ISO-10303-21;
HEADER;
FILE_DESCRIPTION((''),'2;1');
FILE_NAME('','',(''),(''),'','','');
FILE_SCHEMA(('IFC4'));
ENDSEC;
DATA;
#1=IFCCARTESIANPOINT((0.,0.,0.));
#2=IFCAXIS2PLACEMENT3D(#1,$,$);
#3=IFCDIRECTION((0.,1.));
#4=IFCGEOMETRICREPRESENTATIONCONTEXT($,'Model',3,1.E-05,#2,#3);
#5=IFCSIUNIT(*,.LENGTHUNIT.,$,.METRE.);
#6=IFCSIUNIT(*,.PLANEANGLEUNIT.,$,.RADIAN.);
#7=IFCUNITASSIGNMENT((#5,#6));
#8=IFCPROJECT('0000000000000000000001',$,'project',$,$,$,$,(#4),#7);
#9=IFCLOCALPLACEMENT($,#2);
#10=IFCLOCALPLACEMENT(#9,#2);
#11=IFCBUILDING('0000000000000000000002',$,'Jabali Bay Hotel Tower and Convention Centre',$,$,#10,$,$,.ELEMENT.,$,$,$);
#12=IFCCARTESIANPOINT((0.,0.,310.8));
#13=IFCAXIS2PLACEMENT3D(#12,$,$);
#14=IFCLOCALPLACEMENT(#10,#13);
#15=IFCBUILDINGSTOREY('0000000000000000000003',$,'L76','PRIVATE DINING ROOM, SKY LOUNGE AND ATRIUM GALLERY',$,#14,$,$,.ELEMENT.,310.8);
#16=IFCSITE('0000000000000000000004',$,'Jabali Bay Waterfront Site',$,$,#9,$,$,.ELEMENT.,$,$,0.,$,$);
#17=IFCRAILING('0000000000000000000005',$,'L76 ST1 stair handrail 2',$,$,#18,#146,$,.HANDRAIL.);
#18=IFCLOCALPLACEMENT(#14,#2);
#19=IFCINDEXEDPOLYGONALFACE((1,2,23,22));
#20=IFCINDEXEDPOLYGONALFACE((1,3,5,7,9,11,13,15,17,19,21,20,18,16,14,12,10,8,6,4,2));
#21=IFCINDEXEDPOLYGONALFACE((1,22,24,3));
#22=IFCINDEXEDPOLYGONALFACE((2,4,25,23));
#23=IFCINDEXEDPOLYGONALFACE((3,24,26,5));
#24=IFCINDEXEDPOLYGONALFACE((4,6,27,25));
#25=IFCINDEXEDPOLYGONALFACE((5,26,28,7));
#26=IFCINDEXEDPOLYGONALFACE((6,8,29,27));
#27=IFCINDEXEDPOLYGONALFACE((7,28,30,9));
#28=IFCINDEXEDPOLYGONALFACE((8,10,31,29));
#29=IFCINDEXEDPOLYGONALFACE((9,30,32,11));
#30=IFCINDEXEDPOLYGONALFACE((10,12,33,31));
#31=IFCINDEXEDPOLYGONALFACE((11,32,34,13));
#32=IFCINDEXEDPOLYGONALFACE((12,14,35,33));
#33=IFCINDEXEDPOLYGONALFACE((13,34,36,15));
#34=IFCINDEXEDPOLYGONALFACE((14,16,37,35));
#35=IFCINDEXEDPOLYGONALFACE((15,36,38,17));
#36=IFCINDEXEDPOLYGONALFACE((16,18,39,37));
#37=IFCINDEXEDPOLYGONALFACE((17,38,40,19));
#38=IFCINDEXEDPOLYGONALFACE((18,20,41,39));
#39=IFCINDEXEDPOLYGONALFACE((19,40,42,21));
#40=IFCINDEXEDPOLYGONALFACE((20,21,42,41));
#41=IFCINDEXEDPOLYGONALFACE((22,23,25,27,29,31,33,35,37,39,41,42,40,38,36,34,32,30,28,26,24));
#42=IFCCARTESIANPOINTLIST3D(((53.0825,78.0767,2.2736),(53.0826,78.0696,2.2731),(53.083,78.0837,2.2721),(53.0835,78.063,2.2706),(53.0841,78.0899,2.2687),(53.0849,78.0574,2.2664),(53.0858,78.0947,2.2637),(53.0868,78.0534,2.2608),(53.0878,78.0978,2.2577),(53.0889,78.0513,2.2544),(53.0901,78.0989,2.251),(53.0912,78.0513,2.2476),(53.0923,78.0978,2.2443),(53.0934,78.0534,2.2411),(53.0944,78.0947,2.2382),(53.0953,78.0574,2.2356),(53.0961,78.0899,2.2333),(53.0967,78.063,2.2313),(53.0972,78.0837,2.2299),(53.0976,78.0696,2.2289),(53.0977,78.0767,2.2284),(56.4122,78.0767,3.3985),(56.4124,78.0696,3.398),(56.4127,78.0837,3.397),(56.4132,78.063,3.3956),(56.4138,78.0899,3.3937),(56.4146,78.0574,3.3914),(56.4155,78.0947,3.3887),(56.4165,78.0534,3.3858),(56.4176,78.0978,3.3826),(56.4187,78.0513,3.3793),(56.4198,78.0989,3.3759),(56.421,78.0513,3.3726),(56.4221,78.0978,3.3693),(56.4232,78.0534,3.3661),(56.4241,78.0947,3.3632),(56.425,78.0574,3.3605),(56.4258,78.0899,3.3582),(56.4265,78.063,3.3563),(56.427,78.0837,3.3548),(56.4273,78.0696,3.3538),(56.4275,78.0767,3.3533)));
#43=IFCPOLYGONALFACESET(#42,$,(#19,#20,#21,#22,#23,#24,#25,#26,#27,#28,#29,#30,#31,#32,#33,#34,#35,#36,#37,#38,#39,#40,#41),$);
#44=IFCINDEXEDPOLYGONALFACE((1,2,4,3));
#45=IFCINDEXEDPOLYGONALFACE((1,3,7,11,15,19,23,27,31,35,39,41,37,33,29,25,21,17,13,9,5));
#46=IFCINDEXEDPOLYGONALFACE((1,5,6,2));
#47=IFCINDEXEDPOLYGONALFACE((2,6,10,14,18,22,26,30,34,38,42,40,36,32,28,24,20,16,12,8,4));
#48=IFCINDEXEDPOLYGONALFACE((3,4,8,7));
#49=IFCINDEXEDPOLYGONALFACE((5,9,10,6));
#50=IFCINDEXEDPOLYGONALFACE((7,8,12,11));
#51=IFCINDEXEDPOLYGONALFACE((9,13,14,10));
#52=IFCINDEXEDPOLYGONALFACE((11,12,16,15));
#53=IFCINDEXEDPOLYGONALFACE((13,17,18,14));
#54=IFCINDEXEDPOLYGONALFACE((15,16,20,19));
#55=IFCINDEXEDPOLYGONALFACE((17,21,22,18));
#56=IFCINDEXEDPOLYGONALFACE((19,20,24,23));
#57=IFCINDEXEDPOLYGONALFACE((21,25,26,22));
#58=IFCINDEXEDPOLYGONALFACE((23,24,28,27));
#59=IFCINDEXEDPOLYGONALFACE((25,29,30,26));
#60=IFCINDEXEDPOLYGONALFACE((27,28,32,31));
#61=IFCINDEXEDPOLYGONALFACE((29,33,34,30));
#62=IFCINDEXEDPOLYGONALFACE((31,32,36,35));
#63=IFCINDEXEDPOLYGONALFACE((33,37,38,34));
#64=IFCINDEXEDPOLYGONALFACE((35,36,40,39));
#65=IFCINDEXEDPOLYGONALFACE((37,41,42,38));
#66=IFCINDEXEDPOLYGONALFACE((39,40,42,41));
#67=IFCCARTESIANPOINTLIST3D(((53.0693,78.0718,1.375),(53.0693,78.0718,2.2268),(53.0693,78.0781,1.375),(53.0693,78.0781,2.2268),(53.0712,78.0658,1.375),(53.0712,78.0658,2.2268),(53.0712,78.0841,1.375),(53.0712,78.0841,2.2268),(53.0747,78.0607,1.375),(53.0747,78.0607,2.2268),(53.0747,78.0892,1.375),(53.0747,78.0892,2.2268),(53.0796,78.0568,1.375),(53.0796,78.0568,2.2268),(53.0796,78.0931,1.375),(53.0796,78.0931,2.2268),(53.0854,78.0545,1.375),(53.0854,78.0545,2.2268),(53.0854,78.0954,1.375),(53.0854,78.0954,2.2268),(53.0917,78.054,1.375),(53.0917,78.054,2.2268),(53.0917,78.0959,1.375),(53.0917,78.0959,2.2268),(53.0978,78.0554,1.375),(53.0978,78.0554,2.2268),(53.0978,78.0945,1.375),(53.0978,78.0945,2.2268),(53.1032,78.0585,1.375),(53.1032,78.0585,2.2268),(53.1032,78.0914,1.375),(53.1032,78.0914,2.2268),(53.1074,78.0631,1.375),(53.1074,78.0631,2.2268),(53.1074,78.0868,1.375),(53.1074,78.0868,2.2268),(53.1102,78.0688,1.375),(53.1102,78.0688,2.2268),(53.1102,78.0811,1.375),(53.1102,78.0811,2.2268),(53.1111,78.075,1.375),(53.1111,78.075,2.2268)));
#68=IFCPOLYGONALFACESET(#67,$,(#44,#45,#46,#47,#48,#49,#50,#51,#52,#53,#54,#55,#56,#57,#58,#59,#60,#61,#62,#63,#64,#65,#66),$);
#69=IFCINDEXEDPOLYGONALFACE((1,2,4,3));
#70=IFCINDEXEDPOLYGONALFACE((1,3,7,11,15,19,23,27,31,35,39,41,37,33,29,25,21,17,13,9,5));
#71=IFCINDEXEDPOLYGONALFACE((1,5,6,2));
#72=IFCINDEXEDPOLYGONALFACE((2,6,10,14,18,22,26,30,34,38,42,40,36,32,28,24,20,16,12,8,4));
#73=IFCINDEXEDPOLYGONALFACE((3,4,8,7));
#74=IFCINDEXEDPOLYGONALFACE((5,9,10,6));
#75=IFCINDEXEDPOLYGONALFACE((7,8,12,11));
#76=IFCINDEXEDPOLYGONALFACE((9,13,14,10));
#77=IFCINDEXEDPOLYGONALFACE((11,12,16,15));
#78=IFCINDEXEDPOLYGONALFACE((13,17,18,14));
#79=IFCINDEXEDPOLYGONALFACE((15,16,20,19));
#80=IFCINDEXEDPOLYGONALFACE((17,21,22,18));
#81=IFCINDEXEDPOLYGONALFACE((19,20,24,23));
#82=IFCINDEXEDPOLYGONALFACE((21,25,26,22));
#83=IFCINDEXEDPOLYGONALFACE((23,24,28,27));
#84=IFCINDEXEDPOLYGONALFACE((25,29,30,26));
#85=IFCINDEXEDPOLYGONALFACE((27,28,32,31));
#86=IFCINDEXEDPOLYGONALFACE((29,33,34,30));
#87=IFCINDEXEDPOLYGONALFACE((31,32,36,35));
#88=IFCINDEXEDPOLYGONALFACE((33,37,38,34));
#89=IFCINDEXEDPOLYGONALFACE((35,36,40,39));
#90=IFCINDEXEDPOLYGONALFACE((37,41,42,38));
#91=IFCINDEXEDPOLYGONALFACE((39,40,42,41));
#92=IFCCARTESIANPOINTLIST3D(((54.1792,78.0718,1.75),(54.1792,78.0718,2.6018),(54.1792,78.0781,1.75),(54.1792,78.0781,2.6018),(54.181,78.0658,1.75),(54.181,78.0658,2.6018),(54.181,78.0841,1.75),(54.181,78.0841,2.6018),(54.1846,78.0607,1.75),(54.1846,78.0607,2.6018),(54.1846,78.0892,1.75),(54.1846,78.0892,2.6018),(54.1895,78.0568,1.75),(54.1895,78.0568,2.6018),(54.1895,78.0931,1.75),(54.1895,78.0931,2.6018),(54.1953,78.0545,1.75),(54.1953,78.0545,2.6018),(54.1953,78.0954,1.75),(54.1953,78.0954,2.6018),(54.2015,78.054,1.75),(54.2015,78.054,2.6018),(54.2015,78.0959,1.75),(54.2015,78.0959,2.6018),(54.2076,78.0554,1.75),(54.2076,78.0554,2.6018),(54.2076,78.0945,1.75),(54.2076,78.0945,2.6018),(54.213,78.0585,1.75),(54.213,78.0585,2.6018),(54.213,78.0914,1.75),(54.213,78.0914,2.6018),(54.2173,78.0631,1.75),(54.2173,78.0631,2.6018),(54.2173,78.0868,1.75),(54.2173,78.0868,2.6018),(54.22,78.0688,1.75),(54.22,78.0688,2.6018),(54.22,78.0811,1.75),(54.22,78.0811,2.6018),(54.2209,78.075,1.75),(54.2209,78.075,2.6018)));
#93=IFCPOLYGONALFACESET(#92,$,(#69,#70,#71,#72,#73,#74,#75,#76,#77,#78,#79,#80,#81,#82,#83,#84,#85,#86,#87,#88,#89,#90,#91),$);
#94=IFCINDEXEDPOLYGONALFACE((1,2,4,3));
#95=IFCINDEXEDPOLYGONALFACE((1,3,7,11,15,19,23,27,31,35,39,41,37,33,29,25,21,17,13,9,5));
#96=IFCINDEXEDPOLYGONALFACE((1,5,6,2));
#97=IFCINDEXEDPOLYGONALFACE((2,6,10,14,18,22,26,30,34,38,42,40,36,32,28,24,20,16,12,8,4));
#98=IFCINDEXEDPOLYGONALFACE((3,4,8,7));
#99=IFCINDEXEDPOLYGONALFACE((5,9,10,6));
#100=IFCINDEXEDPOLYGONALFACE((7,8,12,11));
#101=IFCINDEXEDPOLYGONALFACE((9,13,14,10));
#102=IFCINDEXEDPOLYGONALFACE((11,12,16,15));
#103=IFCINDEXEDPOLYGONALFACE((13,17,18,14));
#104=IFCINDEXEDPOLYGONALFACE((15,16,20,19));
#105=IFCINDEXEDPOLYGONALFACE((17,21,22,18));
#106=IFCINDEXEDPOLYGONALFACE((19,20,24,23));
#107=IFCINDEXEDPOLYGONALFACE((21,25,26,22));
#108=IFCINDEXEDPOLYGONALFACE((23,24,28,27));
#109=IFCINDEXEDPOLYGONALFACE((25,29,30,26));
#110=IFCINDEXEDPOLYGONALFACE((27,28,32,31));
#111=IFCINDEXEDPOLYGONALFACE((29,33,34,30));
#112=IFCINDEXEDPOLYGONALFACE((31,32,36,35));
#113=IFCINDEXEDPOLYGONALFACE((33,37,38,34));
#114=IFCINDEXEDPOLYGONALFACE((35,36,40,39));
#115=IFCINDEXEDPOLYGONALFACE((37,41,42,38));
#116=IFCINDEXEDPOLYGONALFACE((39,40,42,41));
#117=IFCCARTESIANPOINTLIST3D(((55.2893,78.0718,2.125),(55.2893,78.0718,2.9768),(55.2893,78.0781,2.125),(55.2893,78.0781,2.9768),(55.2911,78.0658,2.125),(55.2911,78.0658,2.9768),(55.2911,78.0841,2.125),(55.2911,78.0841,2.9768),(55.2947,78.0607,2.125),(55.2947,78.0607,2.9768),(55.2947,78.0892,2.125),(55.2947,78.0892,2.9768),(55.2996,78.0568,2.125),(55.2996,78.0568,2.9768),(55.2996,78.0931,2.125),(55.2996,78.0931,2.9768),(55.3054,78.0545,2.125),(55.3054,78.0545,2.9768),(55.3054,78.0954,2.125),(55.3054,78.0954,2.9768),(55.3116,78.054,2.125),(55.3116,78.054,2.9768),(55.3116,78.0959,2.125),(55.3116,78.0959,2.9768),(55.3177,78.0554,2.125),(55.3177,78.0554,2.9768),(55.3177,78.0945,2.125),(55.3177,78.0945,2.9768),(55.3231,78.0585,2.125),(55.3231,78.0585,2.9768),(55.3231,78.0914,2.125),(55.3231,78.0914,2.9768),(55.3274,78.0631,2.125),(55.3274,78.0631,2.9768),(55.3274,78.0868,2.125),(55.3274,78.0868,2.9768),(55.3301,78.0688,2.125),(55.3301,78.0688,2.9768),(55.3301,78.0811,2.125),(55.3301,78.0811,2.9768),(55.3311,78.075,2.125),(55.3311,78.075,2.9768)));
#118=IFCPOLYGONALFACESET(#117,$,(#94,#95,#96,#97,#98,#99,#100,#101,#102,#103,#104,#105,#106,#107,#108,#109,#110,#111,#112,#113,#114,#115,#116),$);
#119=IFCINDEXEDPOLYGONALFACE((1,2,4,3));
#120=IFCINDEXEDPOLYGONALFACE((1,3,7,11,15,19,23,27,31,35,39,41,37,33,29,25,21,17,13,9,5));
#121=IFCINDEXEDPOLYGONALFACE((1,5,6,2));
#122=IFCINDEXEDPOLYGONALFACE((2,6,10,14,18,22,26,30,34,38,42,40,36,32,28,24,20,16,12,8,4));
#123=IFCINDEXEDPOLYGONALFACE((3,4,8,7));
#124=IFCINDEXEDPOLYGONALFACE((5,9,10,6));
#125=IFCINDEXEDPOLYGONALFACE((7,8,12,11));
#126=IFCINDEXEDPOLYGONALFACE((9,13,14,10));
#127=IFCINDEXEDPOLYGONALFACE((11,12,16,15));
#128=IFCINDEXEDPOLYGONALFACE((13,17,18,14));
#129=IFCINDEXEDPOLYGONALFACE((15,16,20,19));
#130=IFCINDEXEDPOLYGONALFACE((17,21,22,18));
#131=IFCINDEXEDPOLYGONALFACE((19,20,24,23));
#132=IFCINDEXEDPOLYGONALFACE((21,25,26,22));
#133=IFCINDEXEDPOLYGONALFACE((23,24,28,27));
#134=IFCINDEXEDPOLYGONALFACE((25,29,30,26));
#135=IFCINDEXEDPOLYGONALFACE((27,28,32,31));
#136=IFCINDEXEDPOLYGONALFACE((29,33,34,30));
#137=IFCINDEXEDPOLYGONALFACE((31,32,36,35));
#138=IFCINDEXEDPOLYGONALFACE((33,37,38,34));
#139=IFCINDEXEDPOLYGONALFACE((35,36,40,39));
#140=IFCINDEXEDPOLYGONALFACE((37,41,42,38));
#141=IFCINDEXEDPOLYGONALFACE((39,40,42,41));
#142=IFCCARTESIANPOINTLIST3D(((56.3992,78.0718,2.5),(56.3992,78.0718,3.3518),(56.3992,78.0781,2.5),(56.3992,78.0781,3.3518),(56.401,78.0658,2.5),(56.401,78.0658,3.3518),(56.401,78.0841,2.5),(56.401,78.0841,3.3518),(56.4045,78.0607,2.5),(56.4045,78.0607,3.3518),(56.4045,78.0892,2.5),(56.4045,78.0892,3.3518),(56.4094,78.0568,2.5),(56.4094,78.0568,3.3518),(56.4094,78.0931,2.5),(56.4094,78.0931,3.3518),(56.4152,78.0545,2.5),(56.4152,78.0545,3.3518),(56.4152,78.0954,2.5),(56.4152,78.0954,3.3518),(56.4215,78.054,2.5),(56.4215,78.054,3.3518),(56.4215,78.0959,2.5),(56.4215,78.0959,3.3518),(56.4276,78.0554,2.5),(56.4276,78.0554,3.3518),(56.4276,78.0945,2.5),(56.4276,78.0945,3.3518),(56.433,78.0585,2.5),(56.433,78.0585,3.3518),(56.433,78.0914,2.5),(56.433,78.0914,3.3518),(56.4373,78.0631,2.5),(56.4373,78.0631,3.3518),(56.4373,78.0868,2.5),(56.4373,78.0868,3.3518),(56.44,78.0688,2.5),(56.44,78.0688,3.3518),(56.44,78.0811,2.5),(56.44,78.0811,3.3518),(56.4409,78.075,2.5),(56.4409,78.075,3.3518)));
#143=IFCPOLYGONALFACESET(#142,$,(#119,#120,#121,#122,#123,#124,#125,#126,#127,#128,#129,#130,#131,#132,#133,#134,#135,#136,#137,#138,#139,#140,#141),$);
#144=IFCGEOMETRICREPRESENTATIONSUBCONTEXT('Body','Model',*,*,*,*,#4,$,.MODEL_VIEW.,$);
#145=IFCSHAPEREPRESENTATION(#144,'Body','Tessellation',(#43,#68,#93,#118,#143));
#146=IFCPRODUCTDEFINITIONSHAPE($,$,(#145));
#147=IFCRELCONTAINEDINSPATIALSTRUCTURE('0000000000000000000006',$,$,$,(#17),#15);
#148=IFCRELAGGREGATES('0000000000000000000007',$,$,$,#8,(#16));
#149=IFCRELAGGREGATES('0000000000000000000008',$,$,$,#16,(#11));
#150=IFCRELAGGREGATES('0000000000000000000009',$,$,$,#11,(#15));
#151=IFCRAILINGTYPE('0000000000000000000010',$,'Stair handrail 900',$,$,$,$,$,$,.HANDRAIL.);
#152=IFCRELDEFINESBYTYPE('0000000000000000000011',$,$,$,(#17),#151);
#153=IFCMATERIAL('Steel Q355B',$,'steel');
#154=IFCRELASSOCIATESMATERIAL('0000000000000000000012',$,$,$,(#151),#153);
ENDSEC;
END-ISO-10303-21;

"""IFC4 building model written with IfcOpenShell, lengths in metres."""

from ifc_helpers import new_model, si_unit, direction, frame, origin, origin_2d, place, context, subcontext, project, spatial, circle, extrude, material, type_object, element, save


model = new_model("IFC4")

# Units and contexts
model_context = context("Model", 3, precision=1e-05, world=origin(), true_north=direction((0.0, 1.0)))
body_context = subcontext(model_context, "Body", "Model", "MODEL_VIEW")
ifc_project = project(units=[si_unit("LENGTHUNIT", "METRE"), si_unit("PLANEANGLEUNIT", "RADIAN")], contexts=[model_context])

# Site, building, storey
site_placement = place(None, origin())
site = spatial("IfcSite", under=ifc_project, at=site_placement, Name="Jabali Bay Waterfront Site", CompositionType="ELEMENT", RefElevation=0.0)
building_placement = place(site_placement, origin())
building = spatial("IfcBuilding", under=site, at=building_placement, Name="Jabali Bay Hotel Tower and Convention Centre", CompositionType="ELEMENT")
storey_placement = place(building_placement, frame((0.0, 0.0, 310.8)))
storey = spatial("IfcBuildingStorey", under=building, at=storey_placement, Name="L76", Description="PRIVATE DINING ROOM, SKY LOUNGE AND ATRIUM GALLERY", CompositionType="ELEMENT", Elevation=310.8)

# Railing
ifc_material_1 = material(Name="Steel Q355B", Category="steel")
railing_type = type_object("IfcRailingType", Name="Stair handrail 900", PredefinedType="HANDRAIL", material=ifc_material_1)
for number, where, name in (
    (1, (53.0901, 78.075, 1.375), "L76 ST1 stair handrail 2"),
):
    element("IfcRailing", number, at=place(storey_placement, frame(where)), inside=storey, type_object=railing_type, Name=name, PredefinedType="HANDRAIL", context=body_context, shape_type="SweptSolid", body=[
        extrude(circle(Radius=0.0239, at=origin_2d()), frame((0.0, 0.0, 0.876), z_axis=(0.94739, 0.0, 0.32008), x_axis=(0.0, 1.0, 0.0)), (0.0, 0.0, 1.0), 3.5146),
        extrude(circle(Radius=0.021, at=origin_2d()), origin(), (0.0, 0.0, 1.0), 0.8518),
        extrude(circle(Radius=0.021, at=origin_2d()), frame((1.1099, 0.0, 0.375)), (0.0, 0.0, 1.0), 0.8518),
        extrude(circle(Radius=0.021, at=origin_2d()), frame((2.22, 0.0, 0.75)), (0.0, 0.0, 1.0), 0.8518),
        extrude(circle(Radius=0.021, at=origin_2d()), frame((3.3298, 0.0, 1.125)), (0.0, 0.0, 1.0), 0.8518),
    ])

save(model, "model.ifc")
